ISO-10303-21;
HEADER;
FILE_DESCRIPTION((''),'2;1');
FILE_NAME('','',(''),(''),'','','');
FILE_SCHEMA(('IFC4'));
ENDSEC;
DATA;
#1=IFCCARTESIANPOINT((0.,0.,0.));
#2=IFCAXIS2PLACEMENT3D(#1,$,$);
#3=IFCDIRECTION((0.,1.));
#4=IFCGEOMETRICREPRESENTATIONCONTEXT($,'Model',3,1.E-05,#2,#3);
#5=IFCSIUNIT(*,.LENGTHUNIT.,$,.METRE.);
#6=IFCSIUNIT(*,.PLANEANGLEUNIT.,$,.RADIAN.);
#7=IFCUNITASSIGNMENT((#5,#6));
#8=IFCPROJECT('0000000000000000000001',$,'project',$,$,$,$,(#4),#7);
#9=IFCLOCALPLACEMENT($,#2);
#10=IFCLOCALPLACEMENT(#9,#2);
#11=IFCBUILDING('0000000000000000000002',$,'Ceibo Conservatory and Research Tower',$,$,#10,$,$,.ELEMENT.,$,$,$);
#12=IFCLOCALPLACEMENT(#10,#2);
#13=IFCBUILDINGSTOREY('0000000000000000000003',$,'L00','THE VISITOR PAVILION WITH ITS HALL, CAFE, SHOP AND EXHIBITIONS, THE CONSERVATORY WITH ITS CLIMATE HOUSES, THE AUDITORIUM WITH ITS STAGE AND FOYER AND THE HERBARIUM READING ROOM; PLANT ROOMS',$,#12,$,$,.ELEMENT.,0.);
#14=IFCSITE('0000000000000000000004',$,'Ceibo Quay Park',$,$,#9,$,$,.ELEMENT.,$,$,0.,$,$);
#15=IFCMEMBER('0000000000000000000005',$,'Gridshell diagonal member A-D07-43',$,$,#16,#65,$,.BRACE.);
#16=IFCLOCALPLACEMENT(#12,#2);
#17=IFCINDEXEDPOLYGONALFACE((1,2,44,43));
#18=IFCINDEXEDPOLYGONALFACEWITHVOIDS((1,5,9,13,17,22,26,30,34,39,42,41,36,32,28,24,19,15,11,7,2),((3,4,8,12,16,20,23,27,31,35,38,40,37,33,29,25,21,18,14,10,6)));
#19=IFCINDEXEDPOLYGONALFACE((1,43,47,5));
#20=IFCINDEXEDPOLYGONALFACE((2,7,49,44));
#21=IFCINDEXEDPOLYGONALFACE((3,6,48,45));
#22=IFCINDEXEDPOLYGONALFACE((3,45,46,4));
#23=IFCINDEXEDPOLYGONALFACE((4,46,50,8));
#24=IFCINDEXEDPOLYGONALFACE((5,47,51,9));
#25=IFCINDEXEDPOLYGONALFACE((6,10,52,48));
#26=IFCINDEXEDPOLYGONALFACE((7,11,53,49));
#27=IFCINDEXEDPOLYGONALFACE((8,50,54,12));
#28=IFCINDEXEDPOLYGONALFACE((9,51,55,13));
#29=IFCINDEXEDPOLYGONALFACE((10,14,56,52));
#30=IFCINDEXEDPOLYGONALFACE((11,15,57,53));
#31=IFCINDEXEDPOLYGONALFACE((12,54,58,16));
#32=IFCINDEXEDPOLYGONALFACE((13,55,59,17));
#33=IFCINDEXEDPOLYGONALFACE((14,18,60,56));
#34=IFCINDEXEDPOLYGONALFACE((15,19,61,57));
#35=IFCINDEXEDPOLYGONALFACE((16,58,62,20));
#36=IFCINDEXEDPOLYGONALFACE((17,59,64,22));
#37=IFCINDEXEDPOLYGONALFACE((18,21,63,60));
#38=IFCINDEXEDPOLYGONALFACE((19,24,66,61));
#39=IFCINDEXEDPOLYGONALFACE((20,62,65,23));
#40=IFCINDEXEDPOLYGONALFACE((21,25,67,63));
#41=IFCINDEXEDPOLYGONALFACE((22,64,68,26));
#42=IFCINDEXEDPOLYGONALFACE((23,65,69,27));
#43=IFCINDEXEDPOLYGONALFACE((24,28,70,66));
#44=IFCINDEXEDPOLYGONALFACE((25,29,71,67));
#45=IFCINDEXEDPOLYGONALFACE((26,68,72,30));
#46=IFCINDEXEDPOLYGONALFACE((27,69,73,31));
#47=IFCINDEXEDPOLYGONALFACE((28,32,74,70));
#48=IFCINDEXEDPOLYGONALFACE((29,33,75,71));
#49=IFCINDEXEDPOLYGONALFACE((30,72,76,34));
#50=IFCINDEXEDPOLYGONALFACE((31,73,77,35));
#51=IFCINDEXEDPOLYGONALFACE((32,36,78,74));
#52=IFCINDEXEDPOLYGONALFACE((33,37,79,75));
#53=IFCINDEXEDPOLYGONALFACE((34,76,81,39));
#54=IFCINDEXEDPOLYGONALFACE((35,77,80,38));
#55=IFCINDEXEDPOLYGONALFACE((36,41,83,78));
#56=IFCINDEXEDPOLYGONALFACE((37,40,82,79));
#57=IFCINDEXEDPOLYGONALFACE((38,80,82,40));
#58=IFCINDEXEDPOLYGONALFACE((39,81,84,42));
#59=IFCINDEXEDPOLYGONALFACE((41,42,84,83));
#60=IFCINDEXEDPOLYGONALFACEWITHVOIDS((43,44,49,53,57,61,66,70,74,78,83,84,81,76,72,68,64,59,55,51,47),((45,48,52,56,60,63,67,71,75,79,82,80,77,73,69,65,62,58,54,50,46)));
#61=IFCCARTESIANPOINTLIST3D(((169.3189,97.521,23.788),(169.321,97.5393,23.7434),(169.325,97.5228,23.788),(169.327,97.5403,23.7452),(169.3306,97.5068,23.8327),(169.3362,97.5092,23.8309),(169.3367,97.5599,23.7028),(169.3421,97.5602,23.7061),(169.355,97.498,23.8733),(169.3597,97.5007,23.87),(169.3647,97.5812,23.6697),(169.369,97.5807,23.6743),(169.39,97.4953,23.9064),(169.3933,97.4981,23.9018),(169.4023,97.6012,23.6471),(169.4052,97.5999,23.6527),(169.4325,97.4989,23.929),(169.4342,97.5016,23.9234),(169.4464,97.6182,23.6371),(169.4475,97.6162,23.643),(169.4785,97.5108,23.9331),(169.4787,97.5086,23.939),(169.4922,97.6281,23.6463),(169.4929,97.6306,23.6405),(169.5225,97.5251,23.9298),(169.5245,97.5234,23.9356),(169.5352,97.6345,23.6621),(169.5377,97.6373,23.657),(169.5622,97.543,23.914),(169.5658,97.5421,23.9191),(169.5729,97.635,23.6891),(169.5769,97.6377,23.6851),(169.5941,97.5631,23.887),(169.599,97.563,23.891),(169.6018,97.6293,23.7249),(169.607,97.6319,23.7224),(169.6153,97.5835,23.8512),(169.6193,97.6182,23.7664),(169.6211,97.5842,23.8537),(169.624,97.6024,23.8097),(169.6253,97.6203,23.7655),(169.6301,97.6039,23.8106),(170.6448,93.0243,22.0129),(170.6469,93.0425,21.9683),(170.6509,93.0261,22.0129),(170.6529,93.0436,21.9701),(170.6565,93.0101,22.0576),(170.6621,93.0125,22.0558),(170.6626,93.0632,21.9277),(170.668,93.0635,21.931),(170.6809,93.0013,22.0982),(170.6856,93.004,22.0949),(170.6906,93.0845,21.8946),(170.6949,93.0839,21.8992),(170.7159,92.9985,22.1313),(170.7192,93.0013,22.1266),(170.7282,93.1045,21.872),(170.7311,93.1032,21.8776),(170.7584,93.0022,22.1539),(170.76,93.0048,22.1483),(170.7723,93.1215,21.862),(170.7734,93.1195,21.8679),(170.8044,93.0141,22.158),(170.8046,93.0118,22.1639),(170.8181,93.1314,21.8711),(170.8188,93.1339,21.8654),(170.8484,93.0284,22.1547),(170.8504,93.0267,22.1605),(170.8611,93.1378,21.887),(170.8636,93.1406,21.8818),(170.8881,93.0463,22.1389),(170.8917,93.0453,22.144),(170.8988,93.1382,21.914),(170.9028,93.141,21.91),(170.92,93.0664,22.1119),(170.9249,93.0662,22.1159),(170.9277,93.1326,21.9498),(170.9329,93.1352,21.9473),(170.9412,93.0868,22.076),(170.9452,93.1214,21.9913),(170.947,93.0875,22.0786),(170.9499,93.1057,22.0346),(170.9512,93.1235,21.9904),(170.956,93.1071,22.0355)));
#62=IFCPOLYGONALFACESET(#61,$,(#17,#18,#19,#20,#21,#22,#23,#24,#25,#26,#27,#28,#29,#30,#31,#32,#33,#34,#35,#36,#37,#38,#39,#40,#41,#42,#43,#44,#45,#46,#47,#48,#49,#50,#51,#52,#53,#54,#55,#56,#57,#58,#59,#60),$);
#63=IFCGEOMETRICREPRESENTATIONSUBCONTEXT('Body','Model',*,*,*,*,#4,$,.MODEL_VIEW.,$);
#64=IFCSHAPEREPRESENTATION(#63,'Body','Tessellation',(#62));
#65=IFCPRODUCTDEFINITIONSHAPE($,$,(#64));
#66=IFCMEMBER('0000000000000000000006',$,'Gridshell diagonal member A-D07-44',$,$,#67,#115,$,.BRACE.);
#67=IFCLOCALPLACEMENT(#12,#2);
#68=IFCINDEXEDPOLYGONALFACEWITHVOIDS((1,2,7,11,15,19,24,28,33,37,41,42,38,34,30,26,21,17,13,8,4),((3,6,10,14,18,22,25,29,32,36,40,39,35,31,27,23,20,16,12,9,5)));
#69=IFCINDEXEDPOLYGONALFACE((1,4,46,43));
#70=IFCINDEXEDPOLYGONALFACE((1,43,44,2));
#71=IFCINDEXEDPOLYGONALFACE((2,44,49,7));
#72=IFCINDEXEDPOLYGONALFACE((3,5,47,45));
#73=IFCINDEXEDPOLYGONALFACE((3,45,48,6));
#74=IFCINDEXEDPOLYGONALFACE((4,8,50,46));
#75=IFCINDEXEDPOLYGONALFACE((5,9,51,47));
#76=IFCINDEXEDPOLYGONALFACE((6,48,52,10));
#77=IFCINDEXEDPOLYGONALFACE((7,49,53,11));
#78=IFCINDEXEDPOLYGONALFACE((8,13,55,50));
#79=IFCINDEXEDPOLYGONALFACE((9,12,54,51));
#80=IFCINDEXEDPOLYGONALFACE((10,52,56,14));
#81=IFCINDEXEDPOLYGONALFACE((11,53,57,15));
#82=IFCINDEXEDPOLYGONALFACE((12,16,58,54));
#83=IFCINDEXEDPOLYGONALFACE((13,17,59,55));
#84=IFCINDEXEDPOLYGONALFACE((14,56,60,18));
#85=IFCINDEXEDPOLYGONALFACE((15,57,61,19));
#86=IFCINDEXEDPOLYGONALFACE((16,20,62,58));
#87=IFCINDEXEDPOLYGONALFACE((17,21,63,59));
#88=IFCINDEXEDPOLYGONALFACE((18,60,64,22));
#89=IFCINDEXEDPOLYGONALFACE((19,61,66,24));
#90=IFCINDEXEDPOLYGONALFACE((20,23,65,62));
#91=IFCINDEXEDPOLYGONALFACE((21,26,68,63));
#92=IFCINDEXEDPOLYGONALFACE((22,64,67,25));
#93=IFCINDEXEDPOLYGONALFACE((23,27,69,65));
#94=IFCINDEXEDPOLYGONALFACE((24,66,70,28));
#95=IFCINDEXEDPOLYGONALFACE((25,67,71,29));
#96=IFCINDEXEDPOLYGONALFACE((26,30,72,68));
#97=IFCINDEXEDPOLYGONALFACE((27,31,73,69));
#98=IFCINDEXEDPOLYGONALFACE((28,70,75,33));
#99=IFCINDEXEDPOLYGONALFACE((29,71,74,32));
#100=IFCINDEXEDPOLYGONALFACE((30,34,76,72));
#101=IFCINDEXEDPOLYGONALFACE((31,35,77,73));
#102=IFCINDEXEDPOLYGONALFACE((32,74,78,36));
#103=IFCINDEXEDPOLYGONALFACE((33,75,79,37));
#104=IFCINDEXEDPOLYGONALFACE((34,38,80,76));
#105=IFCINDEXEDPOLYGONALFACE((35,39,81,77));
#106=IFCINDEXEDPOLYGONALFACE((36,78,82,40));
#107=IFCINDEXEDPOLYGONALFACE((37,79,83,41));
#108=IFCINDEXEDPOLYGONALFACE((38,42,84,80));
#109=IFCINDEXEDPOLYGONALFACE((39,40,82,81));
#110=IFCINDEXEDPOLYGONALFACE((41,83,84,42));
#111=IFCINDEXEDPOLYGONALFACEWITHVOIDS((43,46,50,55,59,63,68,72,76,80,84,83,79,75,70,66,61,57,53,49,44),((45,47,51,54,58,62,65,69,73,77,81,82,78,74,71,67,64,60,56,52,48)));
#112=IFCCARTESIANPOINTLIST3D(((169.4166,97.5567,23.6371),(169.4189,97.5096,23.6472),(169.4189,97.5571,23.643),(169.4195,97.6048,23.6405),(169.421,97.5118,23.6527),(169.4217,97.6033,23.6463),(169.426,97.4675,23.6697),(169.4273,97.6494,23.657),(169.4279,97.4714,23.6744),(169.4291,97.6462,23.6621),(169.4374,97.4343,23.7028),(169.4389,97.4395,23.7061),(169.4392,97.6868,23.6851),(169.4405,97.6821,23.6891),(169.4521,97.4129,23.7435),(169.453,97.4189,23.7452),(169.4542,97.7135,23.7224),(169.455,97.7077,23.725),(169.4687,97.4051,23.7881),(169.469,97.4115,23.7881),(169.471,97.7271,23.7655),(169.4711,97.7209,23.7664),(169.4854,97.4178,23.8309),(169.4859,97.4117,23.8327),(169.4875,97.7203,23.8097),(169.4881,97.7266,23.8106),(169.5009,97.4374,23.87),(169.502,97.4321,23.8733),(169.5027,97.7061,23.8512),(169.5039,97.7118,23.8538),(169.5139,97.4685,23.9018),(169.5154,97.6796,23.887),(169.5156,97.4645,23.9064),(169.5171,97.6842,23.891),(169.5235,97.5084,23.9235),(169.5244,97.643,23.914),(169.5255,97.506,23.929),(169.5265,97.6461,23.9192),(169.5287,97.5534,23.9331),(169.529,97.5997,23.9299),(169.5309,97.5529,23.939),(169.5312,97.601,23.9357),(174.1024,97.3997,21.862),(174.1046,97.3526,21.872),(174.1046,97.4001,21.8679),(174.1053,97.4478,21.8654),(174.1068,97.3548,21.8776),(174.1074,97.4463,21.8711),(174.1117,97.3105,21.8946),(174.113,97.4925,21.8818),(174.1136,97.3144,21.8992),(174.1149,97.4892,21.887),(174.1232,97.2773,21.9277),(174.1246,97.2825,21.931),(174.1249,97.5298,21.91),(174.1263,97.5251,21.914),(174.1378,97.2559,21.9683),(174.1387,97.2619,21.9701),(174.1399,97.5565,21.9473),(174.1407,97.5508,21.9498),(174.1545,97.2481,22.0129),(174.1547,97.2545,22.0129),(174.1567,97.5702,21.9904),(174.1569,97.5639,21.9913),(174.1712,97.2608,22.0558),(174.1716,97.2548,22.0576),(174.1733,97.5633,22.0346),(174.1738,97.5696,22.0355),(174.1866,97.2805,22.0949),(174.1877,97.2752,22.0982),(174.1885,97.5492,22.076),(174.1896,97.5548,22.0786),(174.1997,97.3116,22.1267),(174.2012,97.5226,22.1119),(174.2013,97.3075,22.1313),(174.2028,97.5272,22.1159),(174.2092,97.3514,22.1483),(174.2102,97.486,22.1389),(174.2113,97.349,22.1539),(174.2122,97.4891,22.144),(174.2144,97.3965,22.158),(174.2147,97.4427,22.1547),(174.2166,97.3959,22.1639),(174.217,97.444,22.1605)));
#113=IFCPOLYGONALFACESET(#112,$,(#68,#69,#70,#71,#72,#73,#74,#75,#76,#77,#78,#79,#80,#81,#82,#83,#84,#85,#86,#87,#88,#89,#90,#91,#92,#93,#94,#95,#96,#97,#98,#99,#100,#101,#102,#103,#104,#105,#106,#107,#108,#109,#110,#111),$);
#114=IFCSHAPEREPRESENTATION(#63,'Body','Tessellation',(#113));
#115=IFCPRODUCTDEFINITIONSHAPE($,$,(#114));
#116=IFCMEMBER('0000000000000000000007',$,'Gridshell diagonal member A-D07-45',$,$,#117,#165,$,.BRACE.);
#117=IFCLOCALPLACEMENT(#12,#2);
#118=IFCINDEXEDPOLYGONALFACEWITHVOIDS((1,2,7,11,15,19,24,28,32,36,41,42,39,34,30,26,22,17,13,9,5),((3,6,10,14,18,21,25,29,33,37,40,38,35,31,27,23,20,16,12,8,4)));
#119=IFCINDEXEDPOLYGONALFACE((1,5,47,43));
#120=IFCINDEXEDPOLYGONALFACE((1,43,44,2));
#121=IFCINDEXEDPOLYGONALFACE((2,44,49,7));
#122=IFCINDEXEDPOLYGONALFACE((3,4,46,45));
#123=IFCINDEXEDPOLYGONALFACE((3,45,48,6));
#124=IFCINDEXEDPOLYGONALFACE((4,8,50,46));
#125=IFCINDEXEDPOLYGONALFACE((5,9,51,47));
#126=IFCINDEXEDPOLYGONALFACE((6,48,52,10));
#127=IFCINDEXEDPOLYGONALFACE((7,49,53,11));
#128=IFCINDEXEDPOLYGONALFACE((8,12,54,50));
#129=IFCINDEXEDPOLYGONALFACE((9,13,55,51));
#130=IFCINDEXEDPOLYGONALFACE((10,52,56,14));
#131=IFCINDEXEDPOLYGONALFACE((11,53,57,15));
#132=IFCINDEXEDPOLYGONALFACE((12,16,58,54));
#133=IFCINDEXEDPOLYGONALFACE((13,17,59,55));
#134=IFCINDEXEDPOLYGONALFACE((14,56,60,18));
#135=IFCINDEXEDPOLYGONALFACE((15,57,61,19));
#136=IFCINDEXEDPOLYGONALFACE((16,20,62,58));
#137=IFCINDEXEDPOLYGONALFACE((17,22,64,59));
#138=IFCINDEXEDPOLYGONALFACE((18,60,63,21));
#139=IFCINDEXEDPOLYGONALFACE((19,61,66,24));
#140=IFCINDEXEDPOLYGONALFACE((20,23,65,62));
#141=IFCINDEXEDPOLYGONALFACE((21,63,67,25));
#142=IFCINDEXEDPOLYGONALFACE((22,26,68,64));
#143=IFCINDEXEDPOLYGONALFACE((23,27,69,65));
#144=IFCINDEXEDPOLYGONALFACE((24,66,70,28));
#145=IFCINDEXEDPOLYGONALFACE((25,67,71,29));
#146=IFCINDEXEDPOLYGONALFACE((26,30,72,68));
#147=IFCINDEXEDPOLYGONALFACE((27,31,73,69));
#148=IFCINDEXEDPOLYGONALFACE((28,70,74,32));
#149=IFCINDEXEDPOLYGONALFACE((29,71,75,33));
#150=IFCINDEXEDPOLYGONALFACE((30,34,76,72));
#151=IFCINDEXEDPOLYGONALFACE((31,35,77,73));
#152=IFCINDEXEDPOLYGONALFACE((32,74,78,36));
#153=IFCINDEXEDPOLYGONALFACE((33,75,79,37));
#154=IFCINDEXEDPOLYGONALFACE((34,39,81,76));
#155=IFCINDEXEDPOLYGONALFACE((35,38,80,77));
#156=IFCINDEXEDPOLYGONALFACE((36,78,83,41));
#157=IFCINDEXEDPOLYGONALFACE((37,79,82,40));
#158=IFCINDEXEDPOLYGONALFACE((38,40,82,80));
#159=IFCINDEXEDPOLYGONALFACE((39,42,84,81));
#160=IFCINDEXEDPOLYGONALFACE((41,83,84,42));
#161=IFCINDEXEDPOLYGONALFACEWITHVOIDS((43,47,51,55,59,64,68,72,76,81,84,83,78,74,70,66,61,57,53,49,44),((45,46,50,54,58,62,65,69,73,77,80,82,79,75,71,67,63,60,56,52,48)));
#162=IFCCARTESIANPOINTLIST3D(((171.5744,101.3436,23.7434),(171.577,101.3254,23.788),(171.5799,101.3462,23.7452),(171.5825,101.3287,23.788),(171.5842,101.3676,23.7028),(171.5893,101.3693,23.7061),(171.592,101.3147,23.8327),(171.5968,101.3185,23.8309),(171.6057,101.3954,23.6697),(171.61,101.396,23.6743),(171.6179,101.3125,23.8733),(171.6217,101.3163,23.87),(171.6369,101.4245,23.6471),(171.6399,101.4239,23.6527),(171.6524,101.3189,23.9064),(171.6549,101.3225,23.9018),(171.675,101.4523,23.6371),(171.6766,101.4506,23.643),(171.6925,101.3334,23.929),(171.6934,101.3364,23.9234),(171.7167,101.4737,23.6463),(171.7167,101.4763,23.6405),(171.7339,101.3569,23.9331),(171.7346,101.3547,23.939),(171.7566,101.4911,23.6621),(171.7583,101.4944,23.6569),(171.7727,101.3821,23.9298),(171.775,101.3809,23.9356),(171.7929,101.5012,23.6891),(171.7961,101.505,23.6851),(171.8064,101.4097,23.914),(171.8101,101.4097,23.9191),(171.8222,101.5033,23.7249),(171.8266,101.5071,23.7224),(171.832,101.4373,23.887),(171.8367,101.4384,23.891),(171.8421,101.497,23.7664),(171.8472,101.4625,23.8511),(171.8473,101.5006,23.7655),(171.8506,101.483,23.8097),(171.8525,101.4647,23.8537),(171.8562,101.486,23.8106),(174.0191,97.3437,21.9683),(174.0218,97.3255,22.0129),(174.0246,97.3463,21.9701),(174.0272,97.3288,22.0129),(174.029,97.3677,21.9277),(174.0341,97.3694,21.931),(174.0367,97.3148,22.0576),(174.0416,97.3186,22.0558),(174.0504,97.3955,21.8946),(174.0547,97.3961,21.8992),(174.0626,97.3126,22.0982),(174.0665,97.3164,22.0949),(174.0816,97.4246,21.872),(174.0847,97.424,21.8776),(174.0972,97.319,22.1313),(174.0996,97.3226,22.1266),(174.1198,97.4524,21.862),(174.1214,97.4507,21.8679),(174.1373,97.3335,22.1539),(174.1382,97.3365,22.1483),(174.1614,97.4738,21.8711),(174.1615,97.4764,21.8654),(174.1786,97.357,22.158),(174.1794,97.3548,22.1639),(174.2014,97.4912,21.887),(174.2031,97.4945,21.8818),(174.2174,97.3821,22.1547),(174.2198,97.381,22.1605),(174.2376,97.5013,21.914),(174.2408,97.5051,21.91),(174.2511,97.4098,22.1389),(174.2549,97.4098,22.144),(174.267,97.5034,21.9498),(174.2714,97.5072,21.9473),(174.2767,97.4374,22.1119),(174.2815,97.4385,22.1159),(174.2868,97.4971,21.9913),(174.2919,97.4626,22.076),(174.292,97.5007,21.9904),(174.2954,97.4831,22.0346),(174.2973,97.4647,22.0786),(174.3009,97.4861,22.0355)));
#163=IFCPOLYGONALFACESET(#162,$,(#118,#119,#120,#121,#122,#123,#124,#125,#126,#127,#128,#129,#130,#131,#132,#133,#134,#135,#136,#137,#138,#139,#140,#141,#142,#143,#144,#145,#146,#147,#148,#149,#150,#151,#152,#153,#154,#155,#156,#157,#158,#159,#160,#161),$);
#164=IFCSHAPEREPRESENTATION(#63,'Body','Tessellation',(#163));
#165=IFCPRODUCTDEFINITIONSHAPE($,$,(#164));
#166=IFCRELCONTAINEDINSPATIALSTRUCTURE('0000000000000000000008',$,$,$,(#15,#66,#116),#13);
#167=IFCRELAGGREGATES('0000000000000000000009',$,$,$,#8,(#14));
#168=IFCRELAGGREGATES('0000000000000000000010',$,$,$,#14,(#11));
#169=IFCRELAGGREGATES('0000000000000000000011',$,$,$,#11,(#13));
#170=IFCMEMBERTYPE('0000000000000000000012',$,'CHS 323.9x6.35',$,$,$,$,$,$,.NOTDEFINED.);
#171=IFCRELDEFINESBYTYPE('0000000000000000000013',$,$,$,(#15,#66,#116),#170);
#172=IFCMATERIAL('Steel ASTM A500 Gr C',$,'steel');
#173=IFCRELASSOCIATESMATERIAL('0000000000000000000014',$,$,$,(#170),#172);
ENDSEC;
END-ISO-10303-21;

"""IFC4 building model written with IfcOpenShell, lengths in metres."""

from ifc_helpers import new_model, si_unit, direction, frame, origin, origin_2d, place, context, subcontext, project, spatial, hollow_circle, extrude, material, material_profile, profile_set, type_object, element, save


model = new_model("IFC4")

# Units and contexts
model_context = context("Model", 3, precision=1e-05, world=origin(), true_north=direction((0.0, 1.0)))
body_context = subcontext(model_context, "Body", "Model", "MODEL_VIEW")
ifc_project = project(units=[si_unit("LENGTHUNIT", "METRE"), si_unit("PLANEANGLEUNIT", "RADIAN")], contexts=[model_context])

# Site, building, storey
site_placement = place(None, origin())
site = spatial("IfcSite", under=ifc_project, at=site_placement, Name="Ceibo Quay Park", CompositionType="ELEMENT", RefElevation=0.0)
building_placement = place(site_placement, origin())
building = spatial("IfcBuilding", under=site, at=building_placement, Name="Ceibo Conservatory and Research Tower", CompositionType="ELEMENT")
storey_placement = place(building_placement, origin())
storey = spatial("IfcBuildingStorey", under=building, at=storey_placement, Name="L00", Description="THE VISITOR PAVILION WITH ITS HALL, CAFE, SHOP AND EXHIBITIONS, THE CONSERVATORY WITH ITS CLIMATE HOUSES, THE AUDITORIUM WITH ITS STAGE AND FOYER AND THE HERBARIUM READING ROOM; PLANT ROOMS", CompositionType="ELEMENT", Elevation=0.0)

# Members
ifc_material_1 = material(Name="Steel ASTM A500 Gr C", Category="steel")
ifc_material_profile_1 = material_profile(ifc_material_1, hollow_circle(Radius=0.1619, WallThickness=0.0063, at=origin_2d()), Name="CHS 323.9x6.35")
ifc_profile_set_1 = profile_set([ifc_material_profile_1], Name="Steel ASTM A500 Gr C")
member_type_1 = type_object("IfcMemberType", Name="CHS 323.9x6.35", PredefinedType="NOTDEFINED", material=ifc_profile_set_1)
for number, where, z_axis, x_axis, name in (
    (1, (170.8, 93.0701, 22.0129), (-0.264495, 0.897024, 0.354105), (-0.959173, -0.28282, 0.0), "Gridshell diagonal member A-D07-43"),
):
    element("IfcMember", number, at=place(storey_placement, frame(where, z_axis=z_axis, x_axis=x_axis)), inside=storey, type_object=member_type_1, Name=name, PredefinedType="BRACE", context=body_context, shape_type="SweptSolid", body=[
        extrude(hollow_circle(Radius=0.1619, WallThickness=0.0063, at=origin_2d()), origin(), (0.0, 0.0, 1.0), 5.0129),
    ])
member_1_placement = place(storey_placement, frame((174.1599, 97.4099, 22.0129), z_axis=(-0.934686, 0.031314, 0.354093), x_axis=(-0.033483, -0.999439, 0.0)))
element("IfcMember", 2, at=member_1_placement, inside=storey, type_object=member_type_1, Name="Gridshell diagonal member A-D07-44", PredefinedType="BRACE", context=body_context, shape_type="SweptSolid", body=[
    extrude(hollow_circle(Radius=0.1619, WallThickness=0.0063, at=origin_2d()), origin(), (0.0, 0.0, 1.0), 5.0132),
])
member_2_placement = place(storey_placement, frame((174.1599, 97.4099, 22.0129), z_axis=(-0.487715, 0.797955, 0.354122), x_axis=(-0.853246, -0.521509, 0.0)))
element("IfcMember", 3, at=member_2_placement, inside=storey, type_object=member_type_1, Name="Gridshell diagonal member A-D07-45", PredefinedType="BRACE", context=body_context, shape_type="SweptSolid", body=[
    extrude(hollow_circle(Radius=0.1619, WallThickness=0.0063, at=origin_2d()), origin(), (0.0, 0.0, 1.0), 5.0127),
])

save(model, "model.ifc")
